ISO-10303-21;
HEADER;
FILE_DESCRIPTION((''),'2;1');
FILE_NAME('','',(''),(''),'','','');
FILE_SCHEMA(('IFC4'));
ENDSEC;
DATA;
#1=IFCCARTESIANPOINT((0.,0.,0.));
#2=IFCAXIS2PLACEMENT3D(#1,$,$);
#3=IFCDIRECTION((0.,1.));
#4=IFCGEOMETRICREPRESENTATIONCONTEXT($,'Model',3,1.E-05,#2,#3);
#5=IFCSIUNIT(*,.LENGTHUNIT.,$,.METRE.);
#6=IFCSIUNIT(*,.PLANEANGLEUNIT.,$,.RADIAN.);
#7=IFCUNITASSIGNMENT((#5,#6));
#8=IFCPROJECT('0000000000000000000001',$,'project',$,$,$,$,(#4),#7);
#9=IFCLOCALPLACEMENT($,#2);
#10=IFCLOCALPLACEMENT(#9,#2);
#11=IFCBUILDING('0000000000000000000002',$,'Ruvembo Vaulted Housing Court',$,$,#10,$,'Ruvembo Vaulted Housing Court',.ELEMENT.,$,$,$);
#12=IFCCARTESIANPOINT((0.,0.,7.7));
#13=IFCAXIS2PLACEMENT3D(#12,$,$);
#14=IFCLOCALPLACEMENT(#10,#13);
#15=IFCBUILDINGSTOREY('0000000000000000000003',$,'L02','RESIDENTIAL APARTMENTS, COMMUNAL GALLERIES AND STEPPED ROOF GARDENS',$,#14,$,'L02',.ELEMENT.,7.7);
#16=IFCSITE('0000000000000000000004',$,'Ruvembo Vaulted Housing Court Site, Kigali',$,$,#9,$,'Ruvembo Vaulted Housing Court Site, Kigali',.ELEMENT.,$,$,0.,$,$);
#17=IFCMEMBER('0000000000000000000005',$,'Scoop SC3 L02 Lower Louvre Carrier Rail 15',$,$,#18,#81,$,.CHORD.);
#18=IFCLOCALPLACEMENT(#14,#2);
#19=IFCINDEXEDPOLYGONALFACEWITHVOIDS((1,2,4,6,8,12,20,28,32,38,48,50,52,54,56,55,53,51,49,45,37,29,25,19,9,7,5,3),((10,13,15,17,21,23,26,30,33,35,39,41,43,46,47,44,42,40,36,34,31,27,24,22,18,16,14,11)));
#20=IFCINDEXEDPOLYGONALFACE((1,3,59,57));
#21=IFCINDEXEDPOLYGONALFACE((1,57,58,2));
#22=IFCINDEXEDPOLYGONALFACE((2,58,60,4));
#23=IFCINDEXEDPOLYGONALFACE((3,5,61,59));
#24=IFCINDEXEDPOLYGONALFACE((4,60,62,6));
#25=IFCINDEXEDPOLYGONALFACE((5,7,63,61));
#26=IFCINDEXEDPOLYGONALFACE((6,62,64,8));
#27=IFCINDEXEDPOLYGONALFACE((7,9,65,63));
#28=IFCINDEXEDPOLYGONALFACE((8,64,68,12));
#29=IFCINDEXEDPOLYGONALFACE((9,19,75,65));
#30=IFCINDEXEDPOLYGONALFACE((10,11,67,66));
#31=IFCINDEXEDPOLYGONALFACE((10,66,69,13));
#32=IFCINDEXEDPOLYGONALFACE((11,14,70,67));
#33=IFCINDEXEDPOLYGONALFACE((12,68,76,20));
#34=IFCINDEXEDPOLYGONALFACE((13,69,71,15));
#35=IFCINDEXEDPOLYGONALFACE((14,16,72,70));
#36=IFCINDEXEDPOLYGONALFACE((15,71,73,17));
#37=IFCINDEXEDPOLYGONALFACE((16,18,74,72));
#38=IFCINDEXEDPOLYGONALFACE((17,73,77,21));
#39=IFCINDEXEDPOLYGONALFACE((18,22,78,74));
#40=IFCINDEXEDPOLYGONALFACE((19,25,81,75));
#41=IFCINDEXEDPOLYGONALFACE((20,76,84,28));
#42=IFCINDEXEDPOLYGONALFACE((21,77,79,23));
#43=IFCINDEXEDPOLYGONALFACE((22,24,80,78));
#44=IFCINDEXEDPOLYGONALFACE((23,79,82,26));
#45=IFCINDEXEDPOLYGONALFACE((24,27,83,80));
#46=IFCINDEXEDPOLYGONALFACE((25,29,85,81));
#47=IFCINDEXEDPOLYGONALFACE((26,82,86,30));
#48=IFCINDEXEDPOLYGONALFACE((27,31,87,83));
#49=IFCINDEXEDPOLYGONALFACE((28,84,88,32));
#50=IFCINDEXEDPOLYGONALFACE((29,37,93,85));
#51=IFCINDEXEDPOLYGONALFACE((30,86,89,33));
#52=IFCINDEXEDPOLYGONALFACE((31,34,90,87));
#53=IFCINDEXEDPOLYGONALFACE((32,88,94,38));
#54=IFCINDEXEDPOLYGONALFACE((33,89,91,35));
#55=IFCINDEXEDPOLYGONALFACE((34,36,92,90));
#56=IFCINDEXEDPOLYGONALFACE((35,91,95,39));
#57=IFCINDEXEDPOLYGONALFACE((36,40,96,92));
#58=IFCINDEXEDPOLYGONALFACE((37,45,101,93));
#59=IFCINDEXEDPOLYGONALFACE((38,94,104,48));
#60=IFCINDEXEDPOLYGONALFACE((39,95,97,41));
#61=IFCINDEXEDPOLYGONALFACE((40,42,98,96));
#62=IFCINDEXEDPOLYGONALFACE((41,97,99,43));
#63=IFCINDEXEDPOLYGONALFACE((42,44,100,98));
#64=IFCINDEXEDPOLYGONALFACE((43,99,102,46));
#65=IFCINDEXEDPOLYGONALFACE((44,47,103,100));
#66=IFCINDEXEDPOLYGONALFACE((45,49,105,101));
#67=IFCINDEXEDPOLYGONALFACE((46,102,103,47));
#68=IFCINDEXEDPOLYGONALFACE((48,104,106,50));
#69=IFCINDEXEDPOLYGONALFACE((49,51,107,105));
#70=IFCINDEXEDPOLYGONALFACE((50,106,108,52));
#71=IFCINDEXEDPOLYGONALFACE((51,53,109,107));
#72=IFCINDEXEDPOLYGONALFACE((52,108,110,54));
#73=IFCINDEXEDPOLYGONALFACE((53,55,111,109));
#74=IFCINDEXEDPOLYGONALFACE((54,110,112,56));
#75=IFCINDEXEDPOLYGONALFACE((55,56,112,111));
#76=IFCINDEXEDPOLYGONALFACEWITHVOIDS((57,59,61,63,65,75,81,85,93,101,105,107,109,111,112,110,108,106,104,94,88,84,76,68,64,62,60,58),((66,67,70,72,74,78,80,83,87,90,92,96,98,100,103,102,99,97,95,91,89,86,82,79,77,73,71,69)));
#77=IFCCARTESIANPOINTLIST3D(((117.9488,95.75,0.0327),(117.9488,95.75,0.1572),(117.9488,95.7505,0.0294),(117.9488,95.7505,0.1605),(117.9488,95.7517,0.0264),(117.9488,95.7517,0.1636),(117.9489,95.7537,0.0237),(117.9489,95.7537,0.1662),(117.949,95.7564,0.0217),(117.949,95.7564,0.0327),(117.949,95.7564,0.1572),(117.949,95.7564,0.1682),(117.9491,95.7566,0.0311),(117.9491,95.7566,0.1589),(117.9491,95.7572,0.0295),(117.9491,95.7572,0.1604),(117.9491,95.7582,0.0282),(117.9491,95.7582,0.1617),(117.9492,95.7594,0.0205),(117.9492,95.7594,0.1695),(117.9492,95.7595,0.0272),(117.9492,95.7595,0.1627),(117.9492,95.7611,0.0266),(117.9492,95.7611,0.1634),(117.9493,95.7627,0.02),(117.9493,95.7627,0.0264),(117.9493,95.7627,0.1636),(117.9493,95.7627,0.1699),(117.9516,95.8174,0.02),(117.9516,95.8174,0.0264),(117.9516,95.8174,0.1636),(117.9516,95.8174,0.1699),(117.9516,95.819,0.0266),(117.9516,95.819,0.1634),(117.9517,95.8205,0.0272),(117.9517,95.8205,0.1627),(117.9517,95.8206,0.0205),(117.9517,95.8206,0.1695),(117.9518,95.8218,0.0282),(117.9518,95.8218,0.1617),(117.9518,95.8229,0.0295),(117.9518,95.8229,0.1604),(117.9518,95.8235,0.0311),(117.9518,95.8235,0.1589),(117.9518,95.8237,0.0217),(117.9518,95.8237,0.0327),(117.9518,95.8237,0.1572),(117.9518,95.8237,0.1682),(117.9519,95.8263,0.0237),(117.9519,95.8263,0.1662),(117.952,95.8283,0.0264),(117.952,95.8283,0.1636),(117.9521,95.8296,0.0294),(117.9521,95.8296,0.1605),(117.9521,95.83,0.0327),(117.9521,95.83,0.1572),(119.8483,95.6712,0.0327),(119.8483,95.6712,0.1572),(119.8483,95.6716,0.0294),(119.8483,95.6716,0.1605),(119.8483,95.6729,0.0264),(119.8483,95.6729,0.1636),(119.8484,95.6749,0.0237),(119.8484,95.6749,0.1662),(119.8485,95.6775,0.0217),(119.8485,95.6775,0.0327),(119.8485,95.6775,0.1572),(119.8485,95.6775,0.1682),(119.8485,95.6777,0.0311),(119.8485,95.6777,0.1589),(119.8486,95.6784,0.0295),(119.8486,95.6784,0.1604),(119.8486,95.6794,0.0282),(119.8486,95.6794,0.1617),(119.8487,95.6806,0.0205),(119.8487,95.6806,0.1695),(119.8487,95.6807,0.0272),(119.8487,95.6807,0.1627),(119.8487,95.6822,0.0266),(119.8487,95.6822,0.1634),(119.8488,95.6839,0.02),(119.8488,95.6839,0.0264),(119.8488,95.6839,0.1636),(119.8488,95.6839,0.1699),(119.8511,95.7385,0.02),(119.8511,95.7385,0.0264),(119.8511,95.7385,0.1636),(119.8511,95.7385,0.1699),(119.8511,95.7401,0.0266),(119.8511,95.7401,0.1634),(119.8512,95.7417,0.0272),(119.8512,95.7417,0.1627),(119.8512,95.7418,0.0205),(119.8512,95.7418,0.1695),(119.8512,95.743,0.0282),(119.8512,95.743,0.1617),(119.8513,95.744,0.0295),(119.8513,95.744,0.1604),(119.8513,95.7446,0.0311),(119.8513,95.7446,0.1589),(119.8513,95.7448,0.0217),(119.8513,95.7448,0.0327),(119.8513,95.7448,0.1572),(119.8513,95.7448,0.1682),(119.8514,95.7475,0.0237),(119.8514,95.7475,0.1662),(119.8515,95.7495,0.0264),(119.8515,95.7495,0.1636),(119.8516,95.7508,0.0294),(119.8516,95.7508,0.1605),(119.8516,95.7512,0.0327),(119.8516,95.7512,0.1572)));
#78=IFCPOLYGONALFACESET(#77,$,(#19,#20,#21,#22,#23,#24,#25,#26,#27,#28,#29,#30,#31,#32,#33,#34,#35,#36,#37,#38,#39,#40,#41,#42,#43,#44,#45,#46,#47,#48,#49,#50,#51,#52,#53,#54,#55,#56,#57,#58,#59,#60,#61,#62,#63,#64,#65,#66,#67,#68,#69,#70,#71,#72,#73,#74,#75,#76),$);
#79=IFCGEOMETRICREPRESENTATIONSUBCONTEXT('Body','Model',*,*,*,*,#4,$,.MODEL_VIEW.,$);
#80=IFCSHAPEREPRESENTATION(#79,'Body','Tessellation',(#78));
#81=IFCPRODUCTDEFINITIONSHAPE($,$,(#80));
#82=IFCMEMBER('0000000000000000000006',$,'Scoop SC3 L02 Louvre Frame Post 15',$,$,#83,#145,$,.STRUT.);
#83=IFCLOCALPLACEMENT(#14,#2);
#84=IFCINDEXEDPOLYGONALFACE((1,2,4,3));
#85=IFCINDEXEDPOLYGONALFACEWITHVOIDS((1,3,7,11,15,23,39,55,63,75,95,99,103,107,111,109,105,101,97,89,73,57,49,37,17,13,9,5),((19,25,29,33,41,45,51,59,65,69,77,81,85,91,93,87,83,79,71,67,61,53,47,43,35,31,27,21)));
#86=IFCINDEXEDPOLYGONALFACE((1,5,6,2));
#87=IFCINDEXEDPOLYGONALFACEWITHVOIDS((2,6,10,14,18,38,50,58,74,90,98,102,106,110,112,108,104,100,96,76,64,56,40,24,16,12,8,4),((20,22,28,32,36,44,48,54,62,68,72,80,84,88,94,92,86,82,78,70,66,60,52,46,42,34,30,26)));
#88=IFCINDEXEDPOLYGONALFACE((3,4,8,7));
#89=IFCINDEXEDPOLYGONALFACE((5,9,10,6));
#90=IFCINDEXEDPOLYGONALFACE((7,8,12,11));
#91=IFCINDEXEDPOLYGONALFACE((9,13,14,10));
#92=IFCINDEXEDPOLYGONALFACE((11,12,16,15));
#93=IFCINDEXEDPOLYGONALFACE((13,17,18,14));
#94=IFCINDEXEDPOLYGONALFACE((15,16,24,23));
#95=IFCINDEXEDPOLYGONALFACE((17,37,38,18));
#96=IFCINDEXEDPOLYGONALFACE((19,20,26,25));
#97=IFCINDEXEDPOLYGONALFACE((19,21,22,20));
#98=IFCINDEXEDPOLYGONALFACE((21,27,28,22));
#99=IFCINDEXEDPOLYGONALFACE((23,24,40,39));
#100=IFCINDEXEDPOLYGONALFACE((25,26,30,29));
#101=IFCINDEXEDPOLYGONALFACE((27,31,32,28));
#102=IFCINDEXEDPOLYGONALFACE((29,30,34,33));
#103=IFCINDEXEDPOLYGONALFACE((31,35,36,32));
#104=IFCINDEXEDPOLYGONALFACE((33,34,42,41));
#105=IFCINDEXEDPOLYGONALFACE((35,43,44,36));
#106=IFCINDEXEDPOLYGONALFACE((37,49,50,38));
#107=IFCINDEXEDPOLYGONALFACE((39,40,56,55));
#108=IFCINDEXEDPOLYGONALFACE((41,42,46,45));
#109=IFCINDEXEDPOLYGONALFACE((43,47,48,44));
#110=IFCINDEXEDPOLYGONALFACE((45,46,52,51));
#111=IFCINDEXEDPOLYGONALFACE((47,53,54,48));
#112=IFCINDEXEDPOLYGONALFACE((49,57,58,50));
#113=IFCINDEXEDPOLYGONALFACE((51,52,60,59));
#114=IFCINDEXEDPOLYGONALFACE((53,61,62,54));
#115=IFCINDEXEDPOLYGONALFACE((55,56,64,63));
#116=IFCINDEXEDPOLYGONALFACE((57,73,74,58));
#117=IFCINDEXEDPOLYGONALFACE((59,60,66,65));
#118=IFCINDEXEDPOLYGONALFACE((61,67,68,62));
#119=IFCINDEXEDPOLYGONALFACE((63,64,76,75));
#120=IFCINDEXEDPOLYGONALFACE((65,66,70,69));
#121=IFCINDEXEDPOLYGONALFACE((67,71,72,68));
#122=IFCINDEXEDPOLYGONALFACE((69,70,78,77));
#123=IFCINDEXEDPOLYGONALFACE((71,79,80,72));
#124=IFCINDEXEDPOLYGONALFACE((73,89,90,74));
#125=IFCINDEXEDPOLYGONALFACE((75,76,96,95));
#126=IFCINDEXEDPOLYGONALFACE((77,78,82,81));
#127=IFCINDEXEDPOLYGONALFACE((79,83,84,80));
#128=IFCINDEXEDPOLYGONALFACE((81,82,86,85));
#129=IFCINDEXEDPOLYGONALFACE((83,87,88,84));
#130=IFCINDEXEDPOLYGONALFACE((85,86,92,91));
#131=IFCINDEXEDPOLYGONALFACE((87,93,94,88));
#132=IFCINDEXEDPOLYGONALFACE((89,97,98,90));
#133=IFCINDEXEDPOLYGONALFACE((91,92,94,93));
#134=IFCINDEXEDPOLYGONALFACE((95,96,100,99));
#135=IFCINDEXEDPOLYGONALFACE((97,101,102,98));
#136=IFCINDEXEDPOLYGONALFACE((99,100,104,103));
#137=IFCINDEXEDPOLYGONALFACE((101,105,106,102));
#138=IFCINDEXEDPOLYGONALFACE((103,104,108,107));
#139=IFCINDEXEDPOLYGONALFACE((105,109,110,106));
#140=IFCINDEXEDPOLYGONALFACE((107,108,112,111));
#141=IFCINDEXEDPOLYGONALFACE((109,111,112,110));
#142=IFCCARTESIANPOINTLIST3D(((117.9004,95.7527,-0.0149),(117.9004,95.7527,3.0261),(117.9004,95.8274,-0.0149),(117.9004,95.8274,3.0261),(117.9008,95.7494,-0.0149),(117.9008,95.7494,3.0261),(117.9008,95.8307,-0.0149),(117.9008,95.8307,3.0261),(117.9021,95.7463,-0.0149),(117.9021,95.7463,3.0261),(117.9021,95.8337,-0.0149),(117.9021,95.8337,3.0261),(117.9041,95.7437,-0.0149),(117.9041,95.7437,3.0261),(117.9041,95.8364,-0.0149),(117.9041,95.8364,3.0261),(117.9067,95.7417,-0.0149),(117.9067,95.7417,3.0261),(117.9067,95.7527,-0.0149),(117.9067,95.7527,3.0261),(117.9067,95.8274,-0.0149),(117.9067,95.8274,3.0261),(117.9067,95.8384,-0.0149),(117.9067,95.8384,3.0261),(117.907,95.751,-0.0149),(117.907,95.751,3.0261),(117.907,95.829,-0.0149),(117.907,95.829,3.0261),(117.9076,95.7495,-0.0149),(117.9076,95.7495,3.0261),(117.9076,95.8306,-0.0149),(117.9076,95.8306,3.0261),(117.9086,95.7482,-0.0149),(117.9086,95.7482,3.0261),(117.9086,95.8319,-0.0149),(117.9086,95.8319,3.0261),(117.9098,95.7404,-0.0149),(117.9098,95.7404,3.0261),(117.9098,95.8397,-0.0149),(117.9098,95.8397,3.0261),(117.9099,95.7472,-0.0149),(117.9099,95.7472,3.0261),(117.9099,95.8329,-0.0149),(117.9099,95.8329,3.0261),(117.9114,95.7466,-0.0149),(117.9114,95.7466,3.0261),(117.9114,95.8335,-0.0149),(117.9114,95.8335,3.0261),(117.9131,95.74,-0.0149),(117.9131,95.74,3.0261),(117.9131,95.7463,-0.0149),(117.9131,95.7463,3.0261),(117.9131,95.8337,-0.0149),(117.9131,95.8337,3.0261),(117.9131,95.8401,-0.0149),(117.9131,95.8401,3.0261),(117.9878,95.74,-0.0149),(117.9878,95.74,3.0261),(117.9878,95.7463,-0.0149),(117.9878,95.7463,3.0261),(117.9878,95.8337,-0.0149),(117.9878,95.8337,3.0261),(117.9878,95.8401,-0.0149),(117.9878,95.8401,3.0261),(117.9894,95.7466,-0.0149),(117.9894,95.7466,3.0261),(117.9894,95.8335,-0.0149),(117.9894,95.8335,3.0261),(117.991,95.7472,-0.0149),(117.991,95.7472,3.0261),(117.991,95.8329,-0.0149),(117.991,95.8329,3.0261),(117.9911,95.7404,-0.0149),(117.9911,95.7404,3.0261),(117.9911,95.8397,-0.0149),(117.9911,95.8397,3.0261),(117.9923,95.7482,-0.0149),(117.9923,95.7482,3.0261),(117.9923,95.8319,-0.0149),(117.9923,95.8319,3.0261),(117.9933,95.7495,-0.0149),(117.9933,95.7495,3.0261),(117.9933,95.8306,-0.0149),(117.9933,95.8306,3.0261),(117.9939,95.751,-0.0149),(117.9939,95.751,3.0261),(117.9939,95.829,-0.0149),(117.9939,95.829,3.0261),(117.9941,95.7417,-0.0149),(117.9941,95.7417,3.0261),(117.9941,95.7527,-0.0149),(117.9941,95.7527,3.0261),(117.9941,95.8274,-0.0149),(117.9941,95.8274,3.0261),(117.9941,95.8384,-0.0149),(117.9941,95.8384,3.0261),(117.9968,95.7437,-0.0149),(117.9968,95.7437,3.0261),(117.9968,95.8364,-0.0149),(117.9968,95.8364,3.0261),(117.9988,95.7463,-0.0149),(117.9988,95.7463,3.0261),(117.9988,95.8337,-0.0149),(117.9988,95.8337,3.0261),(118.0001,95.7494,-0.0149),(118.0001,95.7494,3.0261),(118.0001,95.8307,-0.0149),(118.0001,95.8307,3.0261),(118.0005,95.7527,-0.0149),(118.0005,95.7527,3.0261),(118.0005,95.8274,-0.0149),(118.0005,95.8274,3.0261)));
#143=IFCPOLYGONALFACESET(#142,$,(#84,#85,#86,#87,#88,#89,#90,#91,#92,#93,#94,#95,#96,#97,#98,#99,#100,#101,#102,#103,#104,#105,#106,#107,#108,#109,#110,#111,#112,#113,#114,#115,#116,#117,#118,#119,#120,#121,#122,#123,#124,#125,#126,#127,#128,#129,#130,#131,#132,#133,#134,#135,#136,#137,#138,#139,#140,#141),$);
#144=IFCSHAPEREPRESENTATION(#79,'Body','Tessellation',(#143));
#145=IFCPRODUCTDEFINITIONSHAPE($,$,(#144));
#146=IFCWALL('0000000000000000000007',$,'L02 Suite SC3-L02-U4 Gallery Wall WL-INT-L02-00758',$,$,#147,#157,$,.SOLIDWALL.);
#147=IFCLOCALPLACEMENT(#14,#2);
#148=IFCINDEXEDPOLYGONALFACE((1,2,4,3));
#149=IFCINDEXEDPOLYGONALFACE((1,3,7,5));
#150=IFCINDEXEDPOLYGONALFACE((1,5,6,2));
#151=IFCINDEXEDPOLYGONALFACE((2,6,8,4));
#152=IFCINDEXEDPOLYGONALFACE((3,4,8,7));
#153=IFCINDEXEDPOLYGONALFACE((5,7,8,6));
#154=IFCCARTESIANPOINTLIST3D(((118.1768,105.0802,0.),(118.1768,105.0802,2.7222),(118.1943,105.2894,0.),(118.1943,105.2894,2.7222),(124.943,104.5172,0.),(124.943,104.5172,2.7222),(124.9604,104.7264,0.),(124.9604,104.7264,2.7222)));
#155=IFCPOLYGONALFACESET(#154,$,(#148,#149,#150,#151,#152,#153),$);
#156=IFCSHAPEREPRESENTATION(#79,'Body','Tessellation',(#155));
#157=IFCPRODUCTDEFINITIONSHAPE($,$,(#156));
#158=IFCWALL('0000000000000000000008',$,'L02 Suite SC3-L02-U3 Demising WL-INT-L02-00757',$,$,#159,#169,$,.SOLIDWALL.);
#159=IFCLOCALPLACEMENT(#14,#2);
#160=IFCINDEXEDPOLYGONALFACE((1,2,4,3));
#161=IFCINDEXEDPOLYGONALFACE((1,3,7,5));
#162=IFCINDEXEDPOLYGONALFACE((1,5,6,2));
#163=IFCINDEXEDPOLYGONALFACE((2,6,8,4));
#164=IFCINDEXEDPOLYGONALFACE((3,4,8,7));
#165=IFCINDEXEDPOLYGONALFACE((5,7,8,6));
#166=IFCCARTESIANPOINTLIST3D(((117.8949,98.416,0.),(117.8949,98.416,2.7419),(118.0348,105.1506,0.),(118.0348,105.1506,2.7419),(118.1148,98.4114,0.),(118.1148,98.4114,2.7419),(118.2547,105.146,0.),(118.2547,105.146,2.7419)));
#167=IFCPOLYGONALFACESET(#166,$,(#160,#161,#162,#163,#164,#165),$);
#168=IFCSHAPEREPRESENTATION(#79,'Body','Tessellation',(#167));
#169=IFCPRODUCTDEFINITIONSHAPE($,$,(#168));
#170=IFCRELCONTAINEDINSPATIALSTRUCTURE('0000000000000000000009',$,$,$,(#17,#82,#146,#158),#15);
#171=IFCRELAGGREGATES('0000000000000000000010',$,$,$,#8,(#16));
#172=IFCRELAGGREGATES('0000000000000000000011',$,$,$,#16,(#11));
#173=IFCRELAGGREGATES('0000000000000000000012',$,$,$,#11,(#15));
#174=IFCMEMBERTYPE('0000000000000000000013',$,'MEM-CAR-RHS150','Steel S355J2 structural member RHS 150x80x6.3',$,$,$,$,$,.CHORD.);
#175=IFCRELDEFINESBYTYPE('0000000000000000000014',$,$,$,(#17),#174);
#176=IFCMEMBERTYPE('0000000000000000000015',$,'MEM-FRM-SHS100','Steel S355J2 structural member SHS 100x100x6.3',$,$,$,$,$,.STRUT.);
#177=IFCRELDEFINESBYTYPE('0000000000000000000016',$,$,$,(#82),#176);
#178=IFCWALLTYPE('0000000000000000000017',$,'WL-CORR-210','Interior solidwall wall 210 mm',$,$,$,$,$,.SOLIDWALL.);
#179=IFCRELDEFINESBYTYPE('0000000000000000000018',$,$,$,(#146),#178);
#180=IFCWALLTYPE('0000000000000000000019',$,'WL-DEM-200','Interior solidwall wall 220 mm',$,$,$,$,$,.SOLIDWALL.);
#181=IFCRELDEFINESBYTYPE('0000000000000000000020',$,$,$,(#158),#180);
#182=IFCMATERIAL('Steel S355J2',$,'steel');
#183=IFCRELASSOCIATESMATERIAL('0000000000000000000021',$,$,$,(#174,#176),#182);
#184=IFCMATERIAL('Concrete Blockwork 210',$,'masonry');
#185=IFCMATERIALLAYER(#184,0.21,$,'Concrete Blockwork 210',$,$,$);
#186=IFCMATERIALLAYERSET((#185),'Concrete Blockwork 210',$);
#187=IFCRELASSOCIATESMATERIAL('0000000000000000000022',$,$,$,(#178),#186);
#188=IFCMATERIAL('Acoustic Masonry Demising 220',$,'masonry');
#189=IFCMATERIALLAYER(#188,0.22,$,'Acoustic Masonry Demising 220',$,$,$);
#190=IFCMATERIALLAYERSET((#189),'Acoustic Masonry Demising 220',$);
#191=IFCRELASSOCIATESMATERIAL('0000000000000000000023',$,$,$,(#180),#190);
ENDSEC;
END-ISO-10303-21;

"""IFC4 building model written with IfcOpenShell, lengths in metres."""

from ifc_helpers import new_model, si_unit, direction, frame, frame_2d, origin, origin_2d, place, context, subcontext, project, spatial, rectangle, hollow_rectangle, extrude, material, layer, layer_set, material_profile, profile_set, type_object, element, save


model = new_model("IFC4")

# Units and contexts
model_context = context("Model", 3, precision=1e-05, world=origin(), true_north=direction((0.0, 1.0)))
body_context = subcontext(model_context, "Body", "Model", "MODEL_VIEW")
ifc_project = project(units=[si_unit("LENGTHUNIT", "METRE"), si_unit("PLANEANGLEUNIT", "RADIAN")], contexts=[model_context])

# Site, building, storey
site_placement = place(None, origin())
site = spatial("IfcSite", under=ifc_project, at=site_placement, Name="Ruvembo Vaulted Housing Court Site, Kigali", LongName="Ruvembo Vaulted Housing Court Site, Kigali", CompositionType="ELEMENT", RefElevation=0.0)
building_placement = place(site_placement, origin())
building = spatial("IfcBuilding", under=site, at=building_placement, Name="Ruvembo Vaulted Housing Court", LongName="Ruvembo Vaulted Housing Court", CompositionType="ELEMENT")
storey_placement = place(building_placement, frame((0.0, 0.0, 7.7)))
storey = spatial("IfcBuildingStorey", under=building, at=storey_placement, Name="L02", Description="RESIDENTIAL APARTMENTS, COMMUNAL GALLERIES AND STEPPED ROOF GARDENS", LongName="L02", CompositionType="ELEMENT", Elevation=7.7)

# Shared definitions
ifc_material_1 = material(Name="Steel S355J2", Category="steel")

# Members
ifc_material_profile_1 = material_profile(ifc_material_1, hollow_rectangle(XDim=0.0801, YDim=0.1499, WallThickness=0.0063, InnerFilletRadius=0.0063, OuterFilletRadius=0.0127, at=origin_2d()), Name="RHS 150x80x6.3")
ifc_profile_set_1 = profile_set([ifc_material_profile_1], Name="Steel S355J2")
member_type_1 = type_object("IfcMemberType", Name="MEM-CAR-RHS150", Description="Steel S355J2 structural member RHS 150x80x6.3", PredefinedType="CHORD", material=ifc_profile_set_1)
member_1_placement = place(storey_placement, frame((117.9504, 95.79, 0.095), z_axis=(0.999139, -0.041481, 0.0), x_axis=(0.041481, 0.999139, 0.0)))
element("IfcMember", 1, at=member_1_placement, inside=storey, type_object=member_type_1, Name="Scoop SC3 L02 Lower Louvre Carrier Rail 15", PredefinedType="CHORD", context=body_context, shape_type="SweptSolid", body=[
    extrude(hollow_rectangle(XDim=0.0801, YDim=0.1499, WallThickness=0.0063, InnerFilletRadius=0.0063, OuterFilletRadius=0.0127, at=origin_2d()), origin(), (0.0, 0.0, 1.0), 1.9011),
])
ifc_material_profile_2 = material_profile(ifc_material_1, hollow_rectangle(XDim=0.1001, YDim=0.1001, WallThickness=0.0063, InnerFilletRadius=0.0063, OuterFilletRadius=0.0127, at=origin_2d()), Name="SHS 100x100x6.3")
ifc_profile_set_2 = profile_set([ifc_material_profile_2], Name="Steel S355J2")
member_type_2 = type_object("IfcMemberType", Name="MEM-FRM-SHS100", Description="Steel S355J2 structural member SHS 100x100x6.3", PredefinedType="STRUT", material=ifc_profile_set_2)
member_2_placement = place(storey_placement, frame((117.9504, 95.79, -0.0149), z_axis=(0.0, 0.0, 1.0), x_axis=(1.0, 0.0, 0.0)))
element("IfcMember", 2, at=member_2_placement, inside=storey, type_object=member_type_2, Name="Scoop SC3 L02 Louvre Frame Post 15", PredefinedType="STRUT", context=body_context, shape_type="SweptSolid", body=[
    extrude(hollow_rectangle(XDim=0.1001, YDim=0.1001, WallThickness=0.0063, InnerFilletRadius=0.0063, OuterFilletRadius=0.0127, at=origin_2d()), origin(), (0.0, 0.0, 1.0), 3.041),
])

# Shared definitions
ifc_material_2 = material(Name="Concrete Blockwork 210", Category="masonry")
ifc_layer_1 = layer(ifc_material_2, 0.21, Name="Concrete Blockwork 210")
ifc_layer_set_1 = layer_set([ifc_layer_1], Name="Concrete Blockwork 210")
wall_type_1 = type_object("IfcWallType", Name="WL-CORR-210", Description="Interior solidwall wall 210 mm", PredefinedType="SOLIDWALL", material=ifc_layer_set_1)

# Walls
wall_1_placement = place(storey_placement, frame((118.1855, 105.1848, 0.0), z_axis=(0.0, 0.0, 1.0), x_axis=(0.996556, -0.08292, 0.0)))
element("IfcWall", 3, at=wall_1_placement, inside=storey, type_object=wall_type_1, Name="L02 Suite SC3-L02-U4 Gallery Wall WL-INT-L02-00758", PredefinedType="SOLIDWALL", context=body_context, shape_type="SweptSolid", body=[
    extrude(rectangle(XDim=6.7896, YDim=0.21, at=frame_2d((3.3948, 0.0))), origin(), (0.0, 0.0, 1.0), 2.7222),
])
ifc_material_3 = material(Name="Acoustic Masonry Demising 220", Category="masonry")
ifc_layer_2 = layer(ifc_material_3, 0.22, Name="Acoustic Masonry Demising 220")
ifc_layer_set_2 = layer_set([ifc_layer_2], Name="Acoustic Masonry Demising 220")
wall_type_2 = type_object("IfcWallType", Name="WL-DEM-200", Description="Interior solidwall wall 220 mm", PredefinedType="SOLIDWALL", material=ifc_layer_set_2)
wall_2_placement = place(storey_placement, frame((118.0049, 98.4136, 0.0), z_axis=(0.0, 0.0, 1.0), x_axis=(0.020768, 0.999784, 0.0)))
element("IfcWall", 4, at=wall_2_placement, inside=storey, type_object=wall_type_2, Name="L02 Suite SC3-L02-U3 Demising WL-INT-L02-00757", PredefinedType="SOLIDWALL", context=body_context, shape_type="SweptSolid", body=[
    extrude(rectangle(XDim=6.7361, YDim=0.22, at=frame_2d((3.3682, 0.0))), origin(), (0.0, 0.0, 1.0), 2.7419),
])

save(model, "model.ifc")
